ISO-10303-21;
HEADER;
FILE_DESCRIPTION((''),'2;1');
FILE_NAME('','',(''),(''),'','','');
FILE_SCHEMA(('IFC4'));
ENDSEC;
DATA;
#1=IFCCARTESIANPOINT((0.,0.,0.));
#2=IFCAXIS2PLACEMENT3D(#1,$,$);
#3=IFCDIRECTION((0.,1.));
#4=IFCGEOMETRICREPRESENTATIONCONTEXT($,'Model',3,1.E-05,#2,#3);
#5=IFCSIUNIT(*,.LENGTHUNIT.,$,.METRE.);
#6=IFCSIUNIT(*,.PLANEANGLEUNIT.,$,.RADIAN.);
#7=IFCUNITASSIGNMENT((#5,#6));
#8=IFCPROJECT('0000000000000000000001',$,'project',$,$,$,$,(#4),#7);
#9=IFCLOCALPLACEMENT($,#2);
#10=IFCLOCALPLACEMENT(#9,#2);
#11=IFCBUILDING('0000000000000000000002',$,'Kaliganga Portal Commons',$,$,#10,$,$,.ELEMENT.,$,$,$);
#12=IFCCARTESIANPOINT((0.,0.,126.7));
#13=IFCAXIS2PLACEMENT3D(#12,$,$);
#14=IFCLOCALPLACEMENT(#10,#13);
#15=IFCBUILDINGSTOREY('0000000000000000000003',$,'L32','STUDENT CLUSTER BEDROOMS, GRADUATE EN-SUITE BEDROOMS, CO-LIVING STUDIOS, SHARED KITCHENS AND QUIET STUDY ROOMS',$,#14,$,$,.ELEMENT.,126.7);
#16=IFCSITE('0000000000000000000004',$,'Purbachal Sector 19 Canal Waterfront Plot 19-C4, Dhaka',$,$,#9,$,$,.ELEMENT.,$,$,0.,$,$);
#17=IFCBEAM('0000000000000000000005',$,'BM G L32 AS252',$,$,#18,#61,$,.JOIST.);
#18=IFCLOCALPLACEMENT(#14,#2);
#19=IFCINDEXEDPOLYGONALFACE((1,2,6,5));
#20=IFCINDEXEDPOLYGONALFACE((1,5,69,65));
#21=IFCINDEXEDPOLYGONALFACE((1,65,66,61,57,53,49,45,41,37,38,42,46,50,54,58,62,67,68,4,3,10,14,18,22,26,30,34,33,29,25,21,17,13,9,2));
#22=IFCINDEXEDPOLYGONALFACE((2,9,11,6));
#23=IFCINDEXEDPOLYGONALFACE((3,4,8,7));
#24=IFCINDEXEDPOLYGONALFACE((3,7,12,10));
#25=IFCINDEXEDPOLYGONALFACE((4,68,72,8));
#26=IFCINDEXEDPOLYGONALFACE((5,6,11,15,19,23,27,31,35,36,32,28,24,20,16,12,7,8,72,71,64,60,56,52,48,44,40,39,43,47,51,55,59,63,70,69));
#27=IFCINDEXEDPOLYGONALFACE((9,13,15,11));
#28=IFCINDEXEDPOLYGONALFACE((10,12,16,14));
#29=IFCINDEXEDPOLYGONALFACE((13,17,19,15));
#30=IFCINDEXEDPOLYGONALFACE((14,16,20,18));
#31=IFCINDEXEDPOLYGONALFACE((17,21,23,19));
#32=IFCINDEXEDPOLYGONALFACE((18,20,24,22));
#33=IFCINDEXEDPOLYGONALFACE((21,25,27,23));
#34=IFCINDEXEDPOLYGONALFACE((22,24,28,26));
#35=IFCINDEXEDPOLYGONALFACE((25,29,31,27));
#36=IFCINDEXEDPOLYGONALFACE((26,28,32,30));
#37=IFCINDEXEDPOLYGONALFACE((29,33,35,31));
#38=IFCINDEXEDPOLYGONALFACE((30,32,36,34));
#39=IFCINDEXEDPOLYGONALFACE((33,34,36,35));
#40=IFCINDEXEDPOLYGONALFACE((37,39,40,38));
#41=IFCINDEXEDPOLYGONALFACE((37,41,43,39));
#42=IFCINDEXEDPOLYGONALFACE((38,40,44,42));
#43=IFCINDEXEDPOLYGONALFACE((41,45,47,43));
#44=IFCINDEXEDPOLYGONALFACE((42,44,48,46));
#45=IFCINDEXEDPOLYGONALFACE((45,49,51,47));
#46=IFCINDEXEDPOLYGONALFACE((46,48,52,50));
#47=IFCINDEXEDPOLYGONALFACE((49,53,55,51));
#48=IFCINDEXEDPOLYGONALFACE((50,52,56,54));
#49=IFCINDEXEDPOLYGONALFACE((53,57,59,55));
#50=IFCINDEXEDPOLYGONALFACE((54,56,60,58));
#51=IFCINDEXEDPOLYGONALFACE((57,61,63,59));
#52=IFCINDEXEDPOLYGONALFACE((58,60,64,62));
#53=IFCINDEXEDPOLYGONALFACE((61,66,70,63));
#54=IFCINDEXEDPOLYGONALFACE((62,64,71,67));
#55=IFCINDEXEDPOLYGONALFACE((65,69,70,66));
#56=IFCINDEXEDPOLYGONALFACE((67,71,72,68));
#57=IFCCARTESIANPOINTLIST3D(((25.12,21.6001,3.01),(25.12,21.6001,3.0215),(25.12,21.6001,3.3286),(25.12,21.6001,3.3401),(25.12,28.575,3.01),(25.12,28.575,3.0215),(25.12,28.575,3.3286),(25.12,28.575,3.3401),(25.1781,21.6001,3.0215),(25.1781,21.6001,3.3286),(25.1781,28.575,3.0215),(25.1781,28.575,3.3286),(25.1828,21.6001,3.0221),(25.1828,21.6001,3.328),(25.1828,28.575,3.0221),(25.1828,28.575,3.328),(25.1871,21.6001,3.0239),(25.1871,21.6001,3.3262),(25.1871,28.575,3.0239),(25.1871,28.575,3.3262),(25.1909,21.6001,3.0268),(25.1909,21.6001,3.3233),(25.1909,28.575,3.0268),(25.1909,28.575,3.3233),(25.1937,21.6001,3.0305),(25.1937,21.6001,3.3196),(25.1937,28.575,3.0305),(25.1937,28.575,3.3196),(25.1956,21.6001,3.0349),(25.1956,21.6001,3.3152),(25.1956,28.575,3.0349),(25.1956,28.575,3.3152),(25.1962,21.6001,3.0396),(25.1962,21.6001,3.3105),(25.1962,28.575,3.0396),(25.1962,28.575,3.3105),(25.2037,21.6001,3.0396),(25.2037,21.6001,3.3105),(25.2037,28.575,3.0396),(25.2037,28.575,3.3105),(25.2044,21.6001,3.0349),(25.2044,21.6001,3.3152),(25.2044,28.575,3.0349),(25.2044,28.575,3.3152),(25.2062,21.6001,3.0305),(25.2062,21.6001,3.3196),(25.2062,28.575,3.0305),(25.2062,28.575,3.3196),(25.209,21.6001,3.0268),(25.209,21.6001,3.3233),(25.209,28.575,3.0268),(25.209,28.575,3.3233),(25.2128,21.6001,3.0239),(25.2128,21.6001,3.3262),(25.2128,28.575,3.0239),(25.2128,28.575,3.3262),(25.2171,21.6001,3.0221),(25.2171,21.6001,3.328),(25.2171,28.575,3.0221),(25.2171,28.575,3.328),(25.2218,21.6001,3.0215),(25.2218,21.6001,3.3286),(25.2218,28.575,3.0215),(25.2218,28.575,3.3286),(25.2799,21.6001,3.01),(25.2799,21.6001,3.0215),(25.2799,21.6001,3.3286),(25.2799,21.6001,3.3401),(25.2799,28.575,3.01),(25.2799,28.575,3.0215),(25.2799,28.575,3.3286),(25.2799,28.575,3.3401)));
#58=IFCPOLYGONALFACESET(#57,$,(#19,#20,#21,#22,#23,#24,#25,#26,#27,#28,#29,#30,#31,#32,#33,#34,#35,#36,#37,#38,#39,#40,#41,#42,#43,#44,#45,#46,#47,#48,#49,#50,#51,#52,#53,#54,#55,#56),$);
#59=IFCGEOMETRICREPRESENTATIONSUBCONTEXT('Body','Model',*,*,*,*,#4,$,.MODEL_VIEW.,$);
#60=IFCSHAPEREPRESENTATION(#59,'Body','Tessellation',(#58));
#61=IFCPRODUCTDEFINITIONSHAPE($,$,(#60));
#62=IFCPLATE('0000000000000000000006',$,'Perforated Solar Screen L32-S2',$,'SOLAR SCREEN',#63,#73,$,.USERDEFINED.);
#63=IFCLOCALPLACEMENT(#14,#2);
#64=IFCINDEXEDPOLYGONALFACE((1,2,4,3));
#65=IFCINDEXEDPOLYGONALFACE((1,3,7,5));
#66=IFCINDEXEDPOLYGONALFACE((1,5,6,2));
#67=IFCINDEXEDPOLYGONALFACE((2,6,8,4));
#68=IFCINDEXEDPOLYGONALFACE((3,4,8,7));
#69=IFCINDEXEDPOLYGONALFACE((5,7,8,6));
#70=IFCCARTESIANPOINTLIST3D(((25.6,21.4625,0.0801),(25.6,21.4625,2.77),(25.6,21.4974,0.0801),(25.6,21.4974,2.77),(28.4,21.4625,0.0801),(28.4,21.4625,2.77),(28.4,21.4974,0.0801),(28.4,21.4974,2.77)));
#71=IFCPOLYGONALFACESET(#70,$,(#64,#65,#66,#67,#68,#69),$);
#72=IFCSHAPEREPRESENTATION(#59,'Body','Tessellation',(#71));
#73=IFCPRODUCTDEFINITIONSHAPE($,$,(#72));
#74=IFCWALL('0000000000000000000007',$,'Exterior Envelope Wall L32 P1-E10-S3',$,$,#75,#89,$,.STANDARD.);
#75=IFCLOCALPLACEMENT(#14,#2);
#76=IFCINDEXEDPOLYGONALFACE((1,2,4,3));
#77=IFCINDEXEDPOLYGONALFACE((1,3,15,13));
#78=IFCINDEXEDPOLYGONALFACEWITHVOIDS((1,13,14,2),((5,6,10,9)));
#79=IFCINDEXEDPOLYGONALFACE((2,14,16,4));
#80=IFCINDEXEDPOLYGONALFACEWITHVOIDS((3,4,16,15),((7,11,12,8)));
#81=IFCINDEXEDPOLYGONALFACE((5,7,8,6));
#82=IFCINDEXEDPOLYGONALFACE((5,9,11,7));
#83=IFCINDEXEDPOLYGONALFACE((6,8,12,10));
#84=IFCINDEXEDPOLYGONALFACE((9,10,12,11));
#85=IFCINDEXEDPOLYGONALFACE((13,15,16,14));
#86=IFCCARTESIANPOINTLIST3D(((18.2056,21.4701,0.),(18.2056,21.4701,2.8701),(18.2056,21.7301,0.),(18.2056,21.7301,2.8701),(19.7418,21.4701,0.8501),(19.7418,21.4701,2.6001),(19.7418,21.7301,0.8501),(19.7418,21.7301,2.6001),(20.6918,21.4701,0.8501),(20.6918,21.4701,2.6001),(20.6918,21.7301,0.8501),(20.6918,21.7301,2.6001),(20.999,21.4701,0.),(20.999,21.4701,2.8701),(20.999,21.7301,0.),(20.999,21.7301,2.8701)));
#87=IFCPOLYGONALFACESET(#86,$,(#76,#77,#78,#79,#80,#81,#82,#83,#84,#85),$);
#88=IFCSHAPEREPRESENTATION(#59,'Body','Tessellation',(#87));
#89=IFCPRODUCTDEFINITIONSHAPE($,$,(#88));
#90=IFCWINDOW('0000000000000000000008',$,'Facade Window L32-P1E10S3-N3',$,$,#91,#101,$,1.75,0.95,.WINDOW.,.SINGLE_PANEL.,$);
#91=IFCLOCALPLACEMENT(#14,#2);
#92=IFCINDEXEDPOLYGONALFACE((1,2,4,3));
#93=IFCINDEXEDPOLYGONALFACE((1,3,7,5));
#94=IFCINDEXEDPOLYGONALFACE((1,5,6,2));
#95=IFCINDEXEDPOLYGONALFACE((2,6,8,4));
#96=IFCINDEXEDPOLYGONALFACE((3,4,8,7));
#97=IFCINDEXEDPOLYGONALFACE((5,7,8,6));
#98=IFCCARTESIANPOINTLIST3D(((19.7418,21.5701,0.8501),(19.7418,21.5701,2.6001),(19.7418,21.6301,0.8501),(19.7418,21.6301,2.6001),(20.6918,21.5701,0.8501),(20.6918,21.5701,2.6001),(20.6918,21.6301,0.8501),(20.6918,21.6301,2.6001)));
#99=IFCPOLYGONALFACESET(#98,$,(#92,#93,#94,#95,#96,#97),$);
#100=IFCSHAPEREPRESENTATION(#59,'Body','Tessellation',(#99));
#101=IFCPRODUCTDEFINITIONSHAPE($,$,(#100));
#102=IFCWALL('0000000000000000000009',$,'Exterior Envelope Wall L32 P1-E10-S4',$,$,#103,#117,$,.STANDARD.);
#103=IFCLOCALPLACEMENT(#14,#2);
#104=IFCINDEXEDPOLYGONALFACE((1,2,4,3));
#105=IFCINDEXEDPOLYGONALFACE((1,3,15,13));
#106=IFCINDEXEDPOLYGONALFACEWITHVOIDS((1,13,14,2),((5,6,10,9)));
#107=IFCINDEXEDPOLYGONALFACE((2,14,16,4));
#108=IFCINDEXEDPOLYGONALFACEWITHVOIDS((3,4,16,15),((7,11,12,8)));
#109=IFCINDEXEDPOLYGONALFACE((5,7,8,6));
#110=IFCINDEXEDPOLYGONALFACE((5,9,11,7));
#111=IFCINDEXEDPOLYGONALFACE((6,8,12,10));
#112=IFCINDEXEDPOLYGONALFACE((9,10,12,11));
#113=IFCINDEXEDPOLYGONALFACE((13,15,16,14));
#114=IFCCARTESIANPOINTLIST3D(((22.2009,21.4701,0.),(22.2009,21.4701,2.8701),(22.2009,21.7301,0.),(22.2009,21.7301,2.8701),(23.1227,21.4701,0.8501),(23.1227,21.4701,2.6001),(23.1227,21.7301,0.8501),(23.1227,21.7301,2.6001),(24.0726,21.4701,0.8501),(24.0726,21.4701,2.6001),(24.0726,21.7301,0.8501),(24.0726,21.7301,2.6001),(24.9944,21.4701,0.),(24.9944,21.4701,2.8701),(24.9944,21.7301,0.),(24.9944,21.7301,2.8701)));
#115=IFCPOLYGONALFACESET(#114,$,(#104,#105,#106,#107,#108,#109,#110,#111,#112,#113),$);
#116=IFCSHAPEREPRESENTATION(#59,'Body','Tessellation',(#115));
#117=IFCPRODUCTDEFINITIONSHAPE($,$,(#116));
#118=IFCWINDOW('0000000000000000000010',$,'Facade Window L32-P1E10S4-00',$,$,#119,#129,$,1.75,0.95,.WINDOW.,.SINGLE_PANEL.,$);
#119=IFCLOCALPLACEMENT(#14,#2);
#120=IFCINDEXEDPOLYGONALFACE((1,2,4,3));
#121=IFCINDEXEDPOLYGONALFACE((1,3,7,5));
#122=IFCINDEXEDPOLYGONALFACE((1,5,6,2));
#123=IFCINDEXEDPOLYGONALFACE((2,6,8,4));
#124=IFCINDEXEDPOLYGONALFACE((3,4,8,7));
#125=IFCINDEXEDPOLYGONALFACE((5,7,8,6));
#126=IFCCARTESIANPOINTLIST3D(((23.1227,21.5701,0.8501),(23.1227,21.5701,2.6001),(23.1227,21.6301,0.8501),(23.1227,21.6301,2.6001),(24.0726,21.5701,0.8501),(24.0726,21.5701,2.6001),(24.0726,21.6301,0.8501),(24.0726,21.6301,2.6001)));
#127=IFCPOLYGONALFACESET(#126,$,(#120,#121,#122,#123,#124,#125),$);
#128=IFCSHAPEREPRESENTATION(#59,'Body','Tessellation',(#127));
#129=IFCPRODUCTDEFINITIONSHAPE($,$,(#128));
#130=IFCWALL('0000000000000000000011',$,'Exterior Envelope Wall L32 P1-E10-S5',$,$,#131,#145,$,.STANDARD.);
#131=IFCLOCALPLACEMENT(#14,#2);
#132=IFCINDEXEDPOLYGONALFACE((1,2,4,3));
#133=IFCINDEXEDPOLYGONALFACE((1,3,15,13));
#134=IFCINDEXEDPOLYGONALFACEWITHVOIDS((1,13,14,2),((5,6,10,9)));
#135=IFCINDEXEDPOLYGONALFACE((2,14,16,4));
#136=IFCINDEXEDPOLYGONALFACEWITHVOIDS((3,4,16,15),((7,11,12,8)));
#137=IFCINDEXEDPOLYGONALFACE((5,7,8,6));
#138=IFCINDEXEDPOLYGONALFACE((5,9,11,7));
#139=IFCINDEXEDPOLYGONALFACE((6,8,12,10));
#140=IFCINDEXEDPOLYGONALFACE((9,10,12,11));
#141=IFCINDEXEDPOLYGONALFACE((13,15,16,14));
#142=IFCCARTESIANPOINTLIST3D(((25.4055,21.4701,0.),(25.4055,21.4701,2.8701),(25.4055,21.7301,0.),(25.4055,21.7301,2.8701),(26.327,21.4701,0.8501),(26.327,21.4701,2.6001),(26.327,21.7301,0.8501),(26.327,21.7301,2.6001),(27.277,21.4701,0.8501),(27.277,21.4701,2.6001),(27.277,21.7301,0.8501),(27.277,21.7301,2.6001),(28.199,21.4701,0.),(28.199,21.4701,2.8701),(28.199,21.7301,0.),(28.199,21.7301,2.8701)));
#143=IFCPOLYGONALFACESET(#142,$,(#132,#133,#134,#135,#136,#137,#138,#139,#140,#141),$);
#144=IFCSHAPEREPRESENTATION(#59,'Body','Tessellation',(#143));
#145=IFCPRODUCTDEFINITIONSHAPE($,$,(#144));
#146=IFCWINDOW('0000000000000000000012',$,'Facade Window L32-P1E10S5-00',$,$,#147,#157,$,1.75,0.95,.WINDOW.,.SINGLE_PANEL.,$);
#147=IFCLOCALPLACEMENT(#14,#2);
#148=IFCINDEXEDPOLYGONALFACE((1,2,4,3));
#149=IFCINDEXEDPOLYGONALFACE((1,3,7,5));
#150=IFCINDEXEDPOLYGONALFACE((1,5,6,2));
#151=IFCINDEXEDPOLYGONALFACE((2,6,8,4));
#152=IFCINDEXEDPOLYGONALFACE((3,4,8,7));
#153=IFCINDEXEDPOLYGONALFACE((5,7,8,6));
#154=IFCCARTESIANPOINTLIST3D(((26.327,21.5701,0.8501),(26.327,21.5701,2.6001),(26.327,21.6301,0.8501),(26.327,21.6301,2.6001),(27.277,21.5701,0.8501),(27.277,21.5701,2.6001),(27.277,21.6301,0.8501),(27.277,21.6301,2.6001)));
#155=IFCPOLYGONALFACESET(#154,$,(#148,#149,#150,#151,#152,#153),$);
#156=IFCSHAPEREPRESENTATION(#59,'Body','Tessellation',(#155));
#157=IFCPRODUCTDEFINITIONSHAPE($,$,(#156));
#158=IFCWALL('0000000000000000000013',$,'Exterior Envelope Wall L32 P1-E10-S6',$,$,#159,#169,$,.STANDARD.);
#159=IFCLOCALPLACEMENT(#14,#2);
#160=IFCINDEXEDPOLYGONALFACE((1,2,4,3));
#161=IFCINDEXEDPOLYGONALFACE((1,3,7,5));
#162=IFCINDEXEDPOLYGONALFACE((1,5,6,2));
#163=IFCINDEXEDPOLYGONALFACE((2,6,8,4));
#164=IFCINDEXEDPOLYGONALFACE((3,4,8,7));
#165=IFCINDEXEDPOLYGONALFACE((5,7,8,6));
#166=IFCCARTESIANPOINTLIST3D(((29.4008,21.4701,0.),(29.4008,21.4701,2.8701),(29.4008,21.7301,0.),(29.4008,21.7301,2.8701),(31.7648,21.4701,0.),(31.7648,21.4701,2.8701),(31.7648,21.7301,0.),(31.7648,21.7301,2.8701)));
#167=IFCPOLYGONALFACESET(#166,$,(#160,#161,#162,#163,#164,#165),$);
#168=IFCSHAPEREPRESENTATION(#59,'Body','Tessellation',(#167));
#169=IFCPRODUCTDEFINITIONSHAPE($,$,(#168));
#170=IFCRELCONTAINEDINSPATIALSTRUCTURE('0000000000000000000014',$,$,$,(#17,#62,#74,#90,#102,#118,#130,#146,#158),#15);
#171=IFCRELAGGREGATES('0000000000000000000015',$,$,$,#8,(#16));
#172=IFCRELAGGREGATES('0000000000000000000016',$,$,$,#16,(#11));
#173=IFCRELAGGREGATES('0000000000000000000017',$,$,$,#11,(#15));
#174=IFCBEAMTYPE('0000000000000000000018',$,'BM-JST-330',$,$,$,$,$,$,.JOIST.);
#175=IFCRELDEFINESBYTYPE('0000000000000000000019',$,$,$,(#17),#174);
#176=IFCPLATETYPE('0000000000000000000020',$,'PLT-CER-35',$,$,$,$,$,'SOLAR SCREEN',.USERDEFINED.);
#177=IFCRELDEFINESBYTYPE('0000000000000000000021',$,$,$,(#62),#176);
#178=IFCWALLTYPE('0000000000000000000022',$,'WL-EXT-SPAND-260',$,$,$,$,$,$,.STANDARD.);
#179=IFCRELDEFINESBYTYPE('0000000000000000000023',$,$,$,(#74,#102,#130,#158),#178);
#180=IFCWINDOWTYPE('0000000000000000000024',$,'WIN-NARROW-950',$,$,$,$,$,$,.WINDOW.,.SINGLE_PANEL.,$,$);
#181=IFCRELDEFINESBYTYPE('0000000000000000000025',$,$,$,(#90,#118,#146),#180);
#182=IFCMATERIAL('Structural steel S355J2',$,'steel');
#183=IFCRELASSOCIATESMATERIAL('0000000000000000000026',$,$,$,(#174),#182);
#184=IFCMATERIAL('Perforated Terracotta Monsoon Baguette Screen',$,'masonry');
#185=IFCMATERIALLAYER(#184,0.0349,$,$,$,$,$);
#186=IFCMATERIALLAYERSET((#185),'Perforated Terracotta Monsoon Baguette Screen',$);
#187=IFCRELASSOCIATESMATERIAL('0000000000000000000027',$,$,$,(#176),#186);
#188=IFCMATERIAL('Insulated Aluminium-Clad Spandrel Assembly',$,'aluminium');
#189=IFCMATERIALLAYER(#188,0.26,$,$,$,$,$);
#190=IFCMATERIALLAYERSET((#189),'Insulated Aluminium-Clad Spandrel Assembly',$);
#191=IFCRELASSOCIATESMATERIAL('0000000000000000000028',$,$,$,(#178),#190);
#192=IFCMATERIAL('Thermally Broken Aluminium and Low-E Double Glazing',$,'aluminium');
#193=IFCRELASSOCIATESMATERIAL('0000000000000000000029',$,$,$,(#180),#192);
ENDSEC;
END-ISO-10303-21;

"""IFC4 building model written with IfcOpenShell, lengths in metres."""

from ifc_helpers import new_model, si_unit, direction, frame, frame_2d, origin, origin_2d, place, context, subcontext, project, spatial, rectangle, i_section, extrude, source, transform, mapped, material, layer, layer_set, material_profile, profile_set, type_object, element, fill, save


model = new_model("IFC4")

# Units and contexts
model_context = context("Model", 3, precision=1e-05, world=origin(), true_north=direction((0.0, 1.0)))
body_context = subcontext(model_context, "Body", "Model", "MODEL_VIEW")
ifc_project = project(units=[si_unit("LENGTHUNIT", "METRE"), si_unit("PLANEANGLEUNIT", "RADIAN")], contexts=[model_context])

# Site, building, storey
site_placement = place(None, origin())
site = spatial("IfcSite", under=ifc_project, at=site_placement, Name="Purbachal Sector 19 Canal Waterfront Plot 19-C4, Dhaka", CompositionType="ELEMENT", RefElevation=0.0)
building_placement = place(site_placement, origin())
building = spatial("IfcBuilding", under=site, at=building_placement, Name="Kaliganga Portal Commons", CompositionType="ELEMENT")
storey_placement = place(building_placement, frame((0.0, 0.0, 126.7)))
storey = spatial("IfcBuildingStorey", under=building, at=storey_placement, Name="L32", Description="STUDENT CLUSTER BEDROOMS, GRADUATE EN-SUITE BEDROOMS, CO-LIVING STUDIOS, SHARED KITCHENS AND QUIET STUDY ROOMS", CompositionType="ELEMENT", Elevation=126.7)

# Beam
ifc_material_1 = material(Name="Structural steel S355J2", Category="steel")
ifc_material_profile_1 = material_profile(ifc_material_1, i_section(OverallWidth=0.1599, OverallDepth=0.3301, WebThickness=0.0076, FlangeThickness=0.0115, FilletRadius=0.0181, at=origin_2d()), Name="IPE 330")
ifc_profile_set_1 = profile_set([ifc_material_profile_1], Name="Structural steel S355J2 wide-flange")
beam_type_1 = type_object("IfcBeamType", Name="BM-JST-330", PredefinedType="JOIST", material=ifc_profile_set_1)
shared_shape_1 = source(origin(), body_context, "Body", "SweptSolid", [
    extrude(i_section(OverallWidth=0.1599, OverallDepth=0.3301, WebThickness=0.0076, FlangeThickness=0.0115, FilletRadius=0.0181, at=origin_2d()), origin(), (0.0, 0.0, 1.0), 6.9749),
])
beam_1_placement = place(storey_placement, frame((25.2, 21.6001, 3.175), z_axis=(0.0, 1.0, 0.0), x_axis=(-1.0, 0.0, 0.0)))
element("IfcBeam", 1, at=beam_1_placement, inside=storey, type_object=beam_type_1, Name="BM G L32 AS252", PredefinedType="JOIST", context=body_context, shape_type="MappedRepresentation", body=[
    mapped(shared_shape_1, transform((0.0, 0.0, 0.0), x_axis=(1.0, 0.0, 0.0), y_axis=(0.0, 1.0, 0.0), z_axis=(0.0, 0.0, 1.0), scale=1.0)),
])

# Plate
ifc_material_2 = material(Name="Perforated Terracotta Monsoon Baguette Screen", Category="masonry")
ifc_layer_1 = layer(ifc_material_2, 0.0349)
ifc_layer_set_1 = layer_set([ifc_layer_1], Name="Perforated Terracotta Monsoon Baguette Screen")
plate_type = type_object("IfcPlateType", Name="PLT-CER-35", ElementType="SOLAR SCREEN", PredefinedType="USERDEFINED", material=ifc_layer_set_1)
shared_shape_2 = source(origin(), body_context, "Body", "SweptSolid", [
    extrude(rectangle(XDim=2.8, YDim=0.0349, at=origin_2d()), origin(), (0.0, 0.0, 1.0), 2.6899),
])
plate_placement = place(storey_placement, frame((27.0, 21.48, 0.0801), z_axis=(0.0, 0.0, 1.0), x_axis=(1.0, 0.0, 0.0)))
element("IfcPlate", 2, at=plate_placement, inside=storey, type_object=plate_type, Name="Perforated Solar Screen L32-S2", ObjectType="SOLAR SCREEN", PredefinedType="USERDEFINED", context=body_context, shape_type="MappedRepresentation", body=[
    mapped(shared_shape_2, transform((0.0, 0.0, 0.0), x_axis=(1.0, 0.0, 0.0), y_axis=(0.0, 1.0, 0.0), z_axis=(0.0, 0.0, 1.0), scale=1.0)),
])

# Walls, openings, windows
ifc_material_3 = material(Name="Insulated Aluminium-Clad Spandrel Assembly", Category="aluminium")
ifc_layer_2 = layer(ifc_material_3, 0.26)
ifc_layer_set_2 = layer_set([ifc_layer_2], Name="Insulated Aluminium-Clad Spandrel Assembly")
wall_type_1 = type_object("IfcWallType", Name="WL-EXT-SPAND-260", PredefinedType="STANDARD", material=ifc_layer_set_2)
wall_1_placement = place(storey_placement, frame((20.999, 21.6001, 0.0), z_axis=(0.0, 0.0, 1.0), x_axis=(-1.0, 0.0, 0.0)))
wall_1 = element("IfcWall", 3, at=wall_1_placement, inside=storey, type_object=wall_type_1, Name="Exterior Envelope Wall L32 P1-E10-S3", PredefinedType="STANDARD", context=body_context, shape_type="SweptSolid", body=[
    extrude(rectangle(XDim=2.7935, YDim=0.26, at=frame_2d((1.3967, 0.0))), origin(), (0.0, 0.0, 1.0), 2.8701),
])
opening_1_placement = place(wall_1_placement, frame((0.3071, 0.0, 0.8501)))
opening_1 = element("IfcOpeningElement", 4, at=opening_1_placement, cuts=wall_1, PredefinedType="OPENING", context=body_context, shape_type="SweptSolid", body=[
    extrude(rectangle(XDim=0.95, YDim=1.75, at=frame_2d((0.4751, 0.875))), frame((0.0, 0.1401, 0.0), z_axis=(0.0, -1.0, 0.0), x_axis=(1.0, 0.0, 0.0)), (0.0, 0.0, 1.0), 0.28),
])
ifc_material_4 = material(Name="Thermally Broken Aluminium and Low-E Double Glazing", Category="aluminium")
window_type_1 = type_object("IfcWindowType", Name="WIN-NARROW-950", PartitioningType="SINGLE_PANEL", PredefinedType="WINDOW", material=ifc_material_4)
window_1_placement = place(opening_1_placement, origin())
window_1 = element("IfcWindow", 5, at=window_1_placement, inside=storey, type_object=window_type_1, Name="Facade Window L32-P1E10S3-N3", OverallHeight=1.75, OverallWidth=0.95, PartitioningType="SINGLE_PANEL", PredefinedType="WINDOW", context=body_context, shape_type="SweptSolid", body=[
    extrude(rectangle(XDim=0.95, YDim=1.75, at=frame_2d((0.4751, 0.875))), frame((0.0, 0.03, 0.0), z_axis=(0.0, -1.0, 0.0), x_axis=(1.0, 0.0, 0.0)), (0.0, 0.0, 1.0), 0.0601),
])
fill(opening_1, window_1)
wall_2_placement = place(storey_placement, frame((24.9944, 21.6001, 0.0), z_axis=(0.0, 0.0, 1.0), x_axis=(-1.0, 0.0, 0.0)))
wall_2 = element("IfcWall", 6, at=wall_2_placement, inside=storey, type_object=wall_type_1, Name="Exterior Envelope Wall L32 P1-E10-S4", PredefinedType="STANDARD", context=body_context, shape_type="SweptSolid", body=[
    extrude(rectangle(XDim=2.7935, YDim=0.26, at=frame_2d((1.3967, 0.0))), origin(), (0.0, 0.0, 1.0), 2.8701),
])
opening_2_placement = place(wall_2_placement, frame((0.9216, 0.0, 0.8501)))
opening_2 = element("IfcOpeningElement", 7, at=opening_2_placement, cuts=wall_2, PredefinedType="OPENING", context=body_context, shape_type="SweptSolid", body=[
    extrude(rectangle(XDim=0.95, YDim=1.75, at=frame_2d((0.4751, 0.875))), frame((0.0, 0.1401, 0.0), z_axis=(0.0, -1.0, 0.0), x_axis=(1.0, 0.0, 0.0)), (0.0, 0.0, 1.0), 0.28),
])
window_2_placement = place(opening_2_placement, origin())
window_2 = element("IfcWindow", 8, at=window_2_placement, inside=storey, type_object=window_type_1, Name="Facade Window L32-P1E10S4-00", OverallHeight=1.75, OverallWidth=0.95, PartitioningType="SINGLE_PANEL", PredefinedType="WINDOW", context=body_context, shape_type="SweptSolid", body=[
    extrude(rectangle(XDim=0.95, YDim=1.75, at=frame_2d((0.4751, 0.875))), frame((0.0, 0.03, 0.0), z_axis=(0.0, -1.0, 0.0), x_axis=(1.0, 0.0, 0.0)), (0.0, 0.0, 1.0), 0.0601),
])
fill(opening_2, window_2)
wall_3_placement = place(storey_placement, frame((28.199, 21.6001, 0.0), z_axis=(0.0, 0.0, 1.0), x_axis=(-1.0, 0.0, 0.0)))
wall_3 = element("IfcWall", 9, at=wall_3_placement, inside=storey, type_object=wall_type_1, Name="Exterior Envelope Wall L32 P1-E10-S5", PredefinedType="STANDARD", context=body_context, shape_type="SweptSolid", body=[
    extrude(rectangle(XDim=2.7935, YDim=0.26, at=frame_2d((1.3967, 0.0))), origin(), (0.0, 0.0, 1.0), 2.8701),
])
opening_3_placement = place(wall_3_placement, frame((0.9219, 0.0, 0.8501)))
opening_3 = element("IfcOpeningElement", 10, at=opening_3_placement, cuts=wall_3, PredefinedType="OPENING", context=body_context, shape_type="SweptSolid", body=[
    extrude(rectangle(XDim=0.95, YDim=1.75, at=frame_2d((0.4751, 0.875))), frame((0.0, 0.1401, 0.0), z_axis=(0.0, -1.0, 0.0), x_axis=(1.0, 0.0, 0.0)), (0.0, 0.0, 1.0), 0.28),
])
window_3_placement = place(opening_3_placement, origin())
window_3 = element("IfcWindow", 11, at=window_3_placement, inside=storey, type_object=window_type_1, Name="Facade Window L32-P1E10S5-00", OverallHeight=1.75, OverallWidth=0.95, PartitioningType="SINGLE_PANEL", PredefinedType="WINDOW", context=body_context, shape_type="SweptSolid", body=[
    extrude(rectangle(XDim=0.95, YDim=1.75, at=frame_2d((0.4751, 0.875))), frame((0.0, 0.03, 0.0), z_axis=(0.0, -1.0, 0.0), x_axis=(1.0, 0.0, 0.0)), (0.0, 0.0, 1.0), 0.0601),
])
fill(opening_3, window_3)

# Wall
wall_4_placement = place(storey_placement, frame((31.7649, 21.6001, 0.0), z_axis=(0.0, 0.0, 1.0), x_axis=(-1.0, 0.0, 0.0)))
element("IfcWall", 12, at=wall_4_placement, inside=storey, type_object=wall_type_1, Name="Exterior Envelope Wall L32 P1-E10-S6", PredefinedType="STANDARD", context=body_context, shape_type="SweptSolid", body=[
    extrude(rectangle(XDim=2.364, YDim=0.26, at=frame_2d((1.1821, 0.0))), origin(), (0.0, 0.0, 1.0), 2.8701),
])

save(model, "model.ifc")
